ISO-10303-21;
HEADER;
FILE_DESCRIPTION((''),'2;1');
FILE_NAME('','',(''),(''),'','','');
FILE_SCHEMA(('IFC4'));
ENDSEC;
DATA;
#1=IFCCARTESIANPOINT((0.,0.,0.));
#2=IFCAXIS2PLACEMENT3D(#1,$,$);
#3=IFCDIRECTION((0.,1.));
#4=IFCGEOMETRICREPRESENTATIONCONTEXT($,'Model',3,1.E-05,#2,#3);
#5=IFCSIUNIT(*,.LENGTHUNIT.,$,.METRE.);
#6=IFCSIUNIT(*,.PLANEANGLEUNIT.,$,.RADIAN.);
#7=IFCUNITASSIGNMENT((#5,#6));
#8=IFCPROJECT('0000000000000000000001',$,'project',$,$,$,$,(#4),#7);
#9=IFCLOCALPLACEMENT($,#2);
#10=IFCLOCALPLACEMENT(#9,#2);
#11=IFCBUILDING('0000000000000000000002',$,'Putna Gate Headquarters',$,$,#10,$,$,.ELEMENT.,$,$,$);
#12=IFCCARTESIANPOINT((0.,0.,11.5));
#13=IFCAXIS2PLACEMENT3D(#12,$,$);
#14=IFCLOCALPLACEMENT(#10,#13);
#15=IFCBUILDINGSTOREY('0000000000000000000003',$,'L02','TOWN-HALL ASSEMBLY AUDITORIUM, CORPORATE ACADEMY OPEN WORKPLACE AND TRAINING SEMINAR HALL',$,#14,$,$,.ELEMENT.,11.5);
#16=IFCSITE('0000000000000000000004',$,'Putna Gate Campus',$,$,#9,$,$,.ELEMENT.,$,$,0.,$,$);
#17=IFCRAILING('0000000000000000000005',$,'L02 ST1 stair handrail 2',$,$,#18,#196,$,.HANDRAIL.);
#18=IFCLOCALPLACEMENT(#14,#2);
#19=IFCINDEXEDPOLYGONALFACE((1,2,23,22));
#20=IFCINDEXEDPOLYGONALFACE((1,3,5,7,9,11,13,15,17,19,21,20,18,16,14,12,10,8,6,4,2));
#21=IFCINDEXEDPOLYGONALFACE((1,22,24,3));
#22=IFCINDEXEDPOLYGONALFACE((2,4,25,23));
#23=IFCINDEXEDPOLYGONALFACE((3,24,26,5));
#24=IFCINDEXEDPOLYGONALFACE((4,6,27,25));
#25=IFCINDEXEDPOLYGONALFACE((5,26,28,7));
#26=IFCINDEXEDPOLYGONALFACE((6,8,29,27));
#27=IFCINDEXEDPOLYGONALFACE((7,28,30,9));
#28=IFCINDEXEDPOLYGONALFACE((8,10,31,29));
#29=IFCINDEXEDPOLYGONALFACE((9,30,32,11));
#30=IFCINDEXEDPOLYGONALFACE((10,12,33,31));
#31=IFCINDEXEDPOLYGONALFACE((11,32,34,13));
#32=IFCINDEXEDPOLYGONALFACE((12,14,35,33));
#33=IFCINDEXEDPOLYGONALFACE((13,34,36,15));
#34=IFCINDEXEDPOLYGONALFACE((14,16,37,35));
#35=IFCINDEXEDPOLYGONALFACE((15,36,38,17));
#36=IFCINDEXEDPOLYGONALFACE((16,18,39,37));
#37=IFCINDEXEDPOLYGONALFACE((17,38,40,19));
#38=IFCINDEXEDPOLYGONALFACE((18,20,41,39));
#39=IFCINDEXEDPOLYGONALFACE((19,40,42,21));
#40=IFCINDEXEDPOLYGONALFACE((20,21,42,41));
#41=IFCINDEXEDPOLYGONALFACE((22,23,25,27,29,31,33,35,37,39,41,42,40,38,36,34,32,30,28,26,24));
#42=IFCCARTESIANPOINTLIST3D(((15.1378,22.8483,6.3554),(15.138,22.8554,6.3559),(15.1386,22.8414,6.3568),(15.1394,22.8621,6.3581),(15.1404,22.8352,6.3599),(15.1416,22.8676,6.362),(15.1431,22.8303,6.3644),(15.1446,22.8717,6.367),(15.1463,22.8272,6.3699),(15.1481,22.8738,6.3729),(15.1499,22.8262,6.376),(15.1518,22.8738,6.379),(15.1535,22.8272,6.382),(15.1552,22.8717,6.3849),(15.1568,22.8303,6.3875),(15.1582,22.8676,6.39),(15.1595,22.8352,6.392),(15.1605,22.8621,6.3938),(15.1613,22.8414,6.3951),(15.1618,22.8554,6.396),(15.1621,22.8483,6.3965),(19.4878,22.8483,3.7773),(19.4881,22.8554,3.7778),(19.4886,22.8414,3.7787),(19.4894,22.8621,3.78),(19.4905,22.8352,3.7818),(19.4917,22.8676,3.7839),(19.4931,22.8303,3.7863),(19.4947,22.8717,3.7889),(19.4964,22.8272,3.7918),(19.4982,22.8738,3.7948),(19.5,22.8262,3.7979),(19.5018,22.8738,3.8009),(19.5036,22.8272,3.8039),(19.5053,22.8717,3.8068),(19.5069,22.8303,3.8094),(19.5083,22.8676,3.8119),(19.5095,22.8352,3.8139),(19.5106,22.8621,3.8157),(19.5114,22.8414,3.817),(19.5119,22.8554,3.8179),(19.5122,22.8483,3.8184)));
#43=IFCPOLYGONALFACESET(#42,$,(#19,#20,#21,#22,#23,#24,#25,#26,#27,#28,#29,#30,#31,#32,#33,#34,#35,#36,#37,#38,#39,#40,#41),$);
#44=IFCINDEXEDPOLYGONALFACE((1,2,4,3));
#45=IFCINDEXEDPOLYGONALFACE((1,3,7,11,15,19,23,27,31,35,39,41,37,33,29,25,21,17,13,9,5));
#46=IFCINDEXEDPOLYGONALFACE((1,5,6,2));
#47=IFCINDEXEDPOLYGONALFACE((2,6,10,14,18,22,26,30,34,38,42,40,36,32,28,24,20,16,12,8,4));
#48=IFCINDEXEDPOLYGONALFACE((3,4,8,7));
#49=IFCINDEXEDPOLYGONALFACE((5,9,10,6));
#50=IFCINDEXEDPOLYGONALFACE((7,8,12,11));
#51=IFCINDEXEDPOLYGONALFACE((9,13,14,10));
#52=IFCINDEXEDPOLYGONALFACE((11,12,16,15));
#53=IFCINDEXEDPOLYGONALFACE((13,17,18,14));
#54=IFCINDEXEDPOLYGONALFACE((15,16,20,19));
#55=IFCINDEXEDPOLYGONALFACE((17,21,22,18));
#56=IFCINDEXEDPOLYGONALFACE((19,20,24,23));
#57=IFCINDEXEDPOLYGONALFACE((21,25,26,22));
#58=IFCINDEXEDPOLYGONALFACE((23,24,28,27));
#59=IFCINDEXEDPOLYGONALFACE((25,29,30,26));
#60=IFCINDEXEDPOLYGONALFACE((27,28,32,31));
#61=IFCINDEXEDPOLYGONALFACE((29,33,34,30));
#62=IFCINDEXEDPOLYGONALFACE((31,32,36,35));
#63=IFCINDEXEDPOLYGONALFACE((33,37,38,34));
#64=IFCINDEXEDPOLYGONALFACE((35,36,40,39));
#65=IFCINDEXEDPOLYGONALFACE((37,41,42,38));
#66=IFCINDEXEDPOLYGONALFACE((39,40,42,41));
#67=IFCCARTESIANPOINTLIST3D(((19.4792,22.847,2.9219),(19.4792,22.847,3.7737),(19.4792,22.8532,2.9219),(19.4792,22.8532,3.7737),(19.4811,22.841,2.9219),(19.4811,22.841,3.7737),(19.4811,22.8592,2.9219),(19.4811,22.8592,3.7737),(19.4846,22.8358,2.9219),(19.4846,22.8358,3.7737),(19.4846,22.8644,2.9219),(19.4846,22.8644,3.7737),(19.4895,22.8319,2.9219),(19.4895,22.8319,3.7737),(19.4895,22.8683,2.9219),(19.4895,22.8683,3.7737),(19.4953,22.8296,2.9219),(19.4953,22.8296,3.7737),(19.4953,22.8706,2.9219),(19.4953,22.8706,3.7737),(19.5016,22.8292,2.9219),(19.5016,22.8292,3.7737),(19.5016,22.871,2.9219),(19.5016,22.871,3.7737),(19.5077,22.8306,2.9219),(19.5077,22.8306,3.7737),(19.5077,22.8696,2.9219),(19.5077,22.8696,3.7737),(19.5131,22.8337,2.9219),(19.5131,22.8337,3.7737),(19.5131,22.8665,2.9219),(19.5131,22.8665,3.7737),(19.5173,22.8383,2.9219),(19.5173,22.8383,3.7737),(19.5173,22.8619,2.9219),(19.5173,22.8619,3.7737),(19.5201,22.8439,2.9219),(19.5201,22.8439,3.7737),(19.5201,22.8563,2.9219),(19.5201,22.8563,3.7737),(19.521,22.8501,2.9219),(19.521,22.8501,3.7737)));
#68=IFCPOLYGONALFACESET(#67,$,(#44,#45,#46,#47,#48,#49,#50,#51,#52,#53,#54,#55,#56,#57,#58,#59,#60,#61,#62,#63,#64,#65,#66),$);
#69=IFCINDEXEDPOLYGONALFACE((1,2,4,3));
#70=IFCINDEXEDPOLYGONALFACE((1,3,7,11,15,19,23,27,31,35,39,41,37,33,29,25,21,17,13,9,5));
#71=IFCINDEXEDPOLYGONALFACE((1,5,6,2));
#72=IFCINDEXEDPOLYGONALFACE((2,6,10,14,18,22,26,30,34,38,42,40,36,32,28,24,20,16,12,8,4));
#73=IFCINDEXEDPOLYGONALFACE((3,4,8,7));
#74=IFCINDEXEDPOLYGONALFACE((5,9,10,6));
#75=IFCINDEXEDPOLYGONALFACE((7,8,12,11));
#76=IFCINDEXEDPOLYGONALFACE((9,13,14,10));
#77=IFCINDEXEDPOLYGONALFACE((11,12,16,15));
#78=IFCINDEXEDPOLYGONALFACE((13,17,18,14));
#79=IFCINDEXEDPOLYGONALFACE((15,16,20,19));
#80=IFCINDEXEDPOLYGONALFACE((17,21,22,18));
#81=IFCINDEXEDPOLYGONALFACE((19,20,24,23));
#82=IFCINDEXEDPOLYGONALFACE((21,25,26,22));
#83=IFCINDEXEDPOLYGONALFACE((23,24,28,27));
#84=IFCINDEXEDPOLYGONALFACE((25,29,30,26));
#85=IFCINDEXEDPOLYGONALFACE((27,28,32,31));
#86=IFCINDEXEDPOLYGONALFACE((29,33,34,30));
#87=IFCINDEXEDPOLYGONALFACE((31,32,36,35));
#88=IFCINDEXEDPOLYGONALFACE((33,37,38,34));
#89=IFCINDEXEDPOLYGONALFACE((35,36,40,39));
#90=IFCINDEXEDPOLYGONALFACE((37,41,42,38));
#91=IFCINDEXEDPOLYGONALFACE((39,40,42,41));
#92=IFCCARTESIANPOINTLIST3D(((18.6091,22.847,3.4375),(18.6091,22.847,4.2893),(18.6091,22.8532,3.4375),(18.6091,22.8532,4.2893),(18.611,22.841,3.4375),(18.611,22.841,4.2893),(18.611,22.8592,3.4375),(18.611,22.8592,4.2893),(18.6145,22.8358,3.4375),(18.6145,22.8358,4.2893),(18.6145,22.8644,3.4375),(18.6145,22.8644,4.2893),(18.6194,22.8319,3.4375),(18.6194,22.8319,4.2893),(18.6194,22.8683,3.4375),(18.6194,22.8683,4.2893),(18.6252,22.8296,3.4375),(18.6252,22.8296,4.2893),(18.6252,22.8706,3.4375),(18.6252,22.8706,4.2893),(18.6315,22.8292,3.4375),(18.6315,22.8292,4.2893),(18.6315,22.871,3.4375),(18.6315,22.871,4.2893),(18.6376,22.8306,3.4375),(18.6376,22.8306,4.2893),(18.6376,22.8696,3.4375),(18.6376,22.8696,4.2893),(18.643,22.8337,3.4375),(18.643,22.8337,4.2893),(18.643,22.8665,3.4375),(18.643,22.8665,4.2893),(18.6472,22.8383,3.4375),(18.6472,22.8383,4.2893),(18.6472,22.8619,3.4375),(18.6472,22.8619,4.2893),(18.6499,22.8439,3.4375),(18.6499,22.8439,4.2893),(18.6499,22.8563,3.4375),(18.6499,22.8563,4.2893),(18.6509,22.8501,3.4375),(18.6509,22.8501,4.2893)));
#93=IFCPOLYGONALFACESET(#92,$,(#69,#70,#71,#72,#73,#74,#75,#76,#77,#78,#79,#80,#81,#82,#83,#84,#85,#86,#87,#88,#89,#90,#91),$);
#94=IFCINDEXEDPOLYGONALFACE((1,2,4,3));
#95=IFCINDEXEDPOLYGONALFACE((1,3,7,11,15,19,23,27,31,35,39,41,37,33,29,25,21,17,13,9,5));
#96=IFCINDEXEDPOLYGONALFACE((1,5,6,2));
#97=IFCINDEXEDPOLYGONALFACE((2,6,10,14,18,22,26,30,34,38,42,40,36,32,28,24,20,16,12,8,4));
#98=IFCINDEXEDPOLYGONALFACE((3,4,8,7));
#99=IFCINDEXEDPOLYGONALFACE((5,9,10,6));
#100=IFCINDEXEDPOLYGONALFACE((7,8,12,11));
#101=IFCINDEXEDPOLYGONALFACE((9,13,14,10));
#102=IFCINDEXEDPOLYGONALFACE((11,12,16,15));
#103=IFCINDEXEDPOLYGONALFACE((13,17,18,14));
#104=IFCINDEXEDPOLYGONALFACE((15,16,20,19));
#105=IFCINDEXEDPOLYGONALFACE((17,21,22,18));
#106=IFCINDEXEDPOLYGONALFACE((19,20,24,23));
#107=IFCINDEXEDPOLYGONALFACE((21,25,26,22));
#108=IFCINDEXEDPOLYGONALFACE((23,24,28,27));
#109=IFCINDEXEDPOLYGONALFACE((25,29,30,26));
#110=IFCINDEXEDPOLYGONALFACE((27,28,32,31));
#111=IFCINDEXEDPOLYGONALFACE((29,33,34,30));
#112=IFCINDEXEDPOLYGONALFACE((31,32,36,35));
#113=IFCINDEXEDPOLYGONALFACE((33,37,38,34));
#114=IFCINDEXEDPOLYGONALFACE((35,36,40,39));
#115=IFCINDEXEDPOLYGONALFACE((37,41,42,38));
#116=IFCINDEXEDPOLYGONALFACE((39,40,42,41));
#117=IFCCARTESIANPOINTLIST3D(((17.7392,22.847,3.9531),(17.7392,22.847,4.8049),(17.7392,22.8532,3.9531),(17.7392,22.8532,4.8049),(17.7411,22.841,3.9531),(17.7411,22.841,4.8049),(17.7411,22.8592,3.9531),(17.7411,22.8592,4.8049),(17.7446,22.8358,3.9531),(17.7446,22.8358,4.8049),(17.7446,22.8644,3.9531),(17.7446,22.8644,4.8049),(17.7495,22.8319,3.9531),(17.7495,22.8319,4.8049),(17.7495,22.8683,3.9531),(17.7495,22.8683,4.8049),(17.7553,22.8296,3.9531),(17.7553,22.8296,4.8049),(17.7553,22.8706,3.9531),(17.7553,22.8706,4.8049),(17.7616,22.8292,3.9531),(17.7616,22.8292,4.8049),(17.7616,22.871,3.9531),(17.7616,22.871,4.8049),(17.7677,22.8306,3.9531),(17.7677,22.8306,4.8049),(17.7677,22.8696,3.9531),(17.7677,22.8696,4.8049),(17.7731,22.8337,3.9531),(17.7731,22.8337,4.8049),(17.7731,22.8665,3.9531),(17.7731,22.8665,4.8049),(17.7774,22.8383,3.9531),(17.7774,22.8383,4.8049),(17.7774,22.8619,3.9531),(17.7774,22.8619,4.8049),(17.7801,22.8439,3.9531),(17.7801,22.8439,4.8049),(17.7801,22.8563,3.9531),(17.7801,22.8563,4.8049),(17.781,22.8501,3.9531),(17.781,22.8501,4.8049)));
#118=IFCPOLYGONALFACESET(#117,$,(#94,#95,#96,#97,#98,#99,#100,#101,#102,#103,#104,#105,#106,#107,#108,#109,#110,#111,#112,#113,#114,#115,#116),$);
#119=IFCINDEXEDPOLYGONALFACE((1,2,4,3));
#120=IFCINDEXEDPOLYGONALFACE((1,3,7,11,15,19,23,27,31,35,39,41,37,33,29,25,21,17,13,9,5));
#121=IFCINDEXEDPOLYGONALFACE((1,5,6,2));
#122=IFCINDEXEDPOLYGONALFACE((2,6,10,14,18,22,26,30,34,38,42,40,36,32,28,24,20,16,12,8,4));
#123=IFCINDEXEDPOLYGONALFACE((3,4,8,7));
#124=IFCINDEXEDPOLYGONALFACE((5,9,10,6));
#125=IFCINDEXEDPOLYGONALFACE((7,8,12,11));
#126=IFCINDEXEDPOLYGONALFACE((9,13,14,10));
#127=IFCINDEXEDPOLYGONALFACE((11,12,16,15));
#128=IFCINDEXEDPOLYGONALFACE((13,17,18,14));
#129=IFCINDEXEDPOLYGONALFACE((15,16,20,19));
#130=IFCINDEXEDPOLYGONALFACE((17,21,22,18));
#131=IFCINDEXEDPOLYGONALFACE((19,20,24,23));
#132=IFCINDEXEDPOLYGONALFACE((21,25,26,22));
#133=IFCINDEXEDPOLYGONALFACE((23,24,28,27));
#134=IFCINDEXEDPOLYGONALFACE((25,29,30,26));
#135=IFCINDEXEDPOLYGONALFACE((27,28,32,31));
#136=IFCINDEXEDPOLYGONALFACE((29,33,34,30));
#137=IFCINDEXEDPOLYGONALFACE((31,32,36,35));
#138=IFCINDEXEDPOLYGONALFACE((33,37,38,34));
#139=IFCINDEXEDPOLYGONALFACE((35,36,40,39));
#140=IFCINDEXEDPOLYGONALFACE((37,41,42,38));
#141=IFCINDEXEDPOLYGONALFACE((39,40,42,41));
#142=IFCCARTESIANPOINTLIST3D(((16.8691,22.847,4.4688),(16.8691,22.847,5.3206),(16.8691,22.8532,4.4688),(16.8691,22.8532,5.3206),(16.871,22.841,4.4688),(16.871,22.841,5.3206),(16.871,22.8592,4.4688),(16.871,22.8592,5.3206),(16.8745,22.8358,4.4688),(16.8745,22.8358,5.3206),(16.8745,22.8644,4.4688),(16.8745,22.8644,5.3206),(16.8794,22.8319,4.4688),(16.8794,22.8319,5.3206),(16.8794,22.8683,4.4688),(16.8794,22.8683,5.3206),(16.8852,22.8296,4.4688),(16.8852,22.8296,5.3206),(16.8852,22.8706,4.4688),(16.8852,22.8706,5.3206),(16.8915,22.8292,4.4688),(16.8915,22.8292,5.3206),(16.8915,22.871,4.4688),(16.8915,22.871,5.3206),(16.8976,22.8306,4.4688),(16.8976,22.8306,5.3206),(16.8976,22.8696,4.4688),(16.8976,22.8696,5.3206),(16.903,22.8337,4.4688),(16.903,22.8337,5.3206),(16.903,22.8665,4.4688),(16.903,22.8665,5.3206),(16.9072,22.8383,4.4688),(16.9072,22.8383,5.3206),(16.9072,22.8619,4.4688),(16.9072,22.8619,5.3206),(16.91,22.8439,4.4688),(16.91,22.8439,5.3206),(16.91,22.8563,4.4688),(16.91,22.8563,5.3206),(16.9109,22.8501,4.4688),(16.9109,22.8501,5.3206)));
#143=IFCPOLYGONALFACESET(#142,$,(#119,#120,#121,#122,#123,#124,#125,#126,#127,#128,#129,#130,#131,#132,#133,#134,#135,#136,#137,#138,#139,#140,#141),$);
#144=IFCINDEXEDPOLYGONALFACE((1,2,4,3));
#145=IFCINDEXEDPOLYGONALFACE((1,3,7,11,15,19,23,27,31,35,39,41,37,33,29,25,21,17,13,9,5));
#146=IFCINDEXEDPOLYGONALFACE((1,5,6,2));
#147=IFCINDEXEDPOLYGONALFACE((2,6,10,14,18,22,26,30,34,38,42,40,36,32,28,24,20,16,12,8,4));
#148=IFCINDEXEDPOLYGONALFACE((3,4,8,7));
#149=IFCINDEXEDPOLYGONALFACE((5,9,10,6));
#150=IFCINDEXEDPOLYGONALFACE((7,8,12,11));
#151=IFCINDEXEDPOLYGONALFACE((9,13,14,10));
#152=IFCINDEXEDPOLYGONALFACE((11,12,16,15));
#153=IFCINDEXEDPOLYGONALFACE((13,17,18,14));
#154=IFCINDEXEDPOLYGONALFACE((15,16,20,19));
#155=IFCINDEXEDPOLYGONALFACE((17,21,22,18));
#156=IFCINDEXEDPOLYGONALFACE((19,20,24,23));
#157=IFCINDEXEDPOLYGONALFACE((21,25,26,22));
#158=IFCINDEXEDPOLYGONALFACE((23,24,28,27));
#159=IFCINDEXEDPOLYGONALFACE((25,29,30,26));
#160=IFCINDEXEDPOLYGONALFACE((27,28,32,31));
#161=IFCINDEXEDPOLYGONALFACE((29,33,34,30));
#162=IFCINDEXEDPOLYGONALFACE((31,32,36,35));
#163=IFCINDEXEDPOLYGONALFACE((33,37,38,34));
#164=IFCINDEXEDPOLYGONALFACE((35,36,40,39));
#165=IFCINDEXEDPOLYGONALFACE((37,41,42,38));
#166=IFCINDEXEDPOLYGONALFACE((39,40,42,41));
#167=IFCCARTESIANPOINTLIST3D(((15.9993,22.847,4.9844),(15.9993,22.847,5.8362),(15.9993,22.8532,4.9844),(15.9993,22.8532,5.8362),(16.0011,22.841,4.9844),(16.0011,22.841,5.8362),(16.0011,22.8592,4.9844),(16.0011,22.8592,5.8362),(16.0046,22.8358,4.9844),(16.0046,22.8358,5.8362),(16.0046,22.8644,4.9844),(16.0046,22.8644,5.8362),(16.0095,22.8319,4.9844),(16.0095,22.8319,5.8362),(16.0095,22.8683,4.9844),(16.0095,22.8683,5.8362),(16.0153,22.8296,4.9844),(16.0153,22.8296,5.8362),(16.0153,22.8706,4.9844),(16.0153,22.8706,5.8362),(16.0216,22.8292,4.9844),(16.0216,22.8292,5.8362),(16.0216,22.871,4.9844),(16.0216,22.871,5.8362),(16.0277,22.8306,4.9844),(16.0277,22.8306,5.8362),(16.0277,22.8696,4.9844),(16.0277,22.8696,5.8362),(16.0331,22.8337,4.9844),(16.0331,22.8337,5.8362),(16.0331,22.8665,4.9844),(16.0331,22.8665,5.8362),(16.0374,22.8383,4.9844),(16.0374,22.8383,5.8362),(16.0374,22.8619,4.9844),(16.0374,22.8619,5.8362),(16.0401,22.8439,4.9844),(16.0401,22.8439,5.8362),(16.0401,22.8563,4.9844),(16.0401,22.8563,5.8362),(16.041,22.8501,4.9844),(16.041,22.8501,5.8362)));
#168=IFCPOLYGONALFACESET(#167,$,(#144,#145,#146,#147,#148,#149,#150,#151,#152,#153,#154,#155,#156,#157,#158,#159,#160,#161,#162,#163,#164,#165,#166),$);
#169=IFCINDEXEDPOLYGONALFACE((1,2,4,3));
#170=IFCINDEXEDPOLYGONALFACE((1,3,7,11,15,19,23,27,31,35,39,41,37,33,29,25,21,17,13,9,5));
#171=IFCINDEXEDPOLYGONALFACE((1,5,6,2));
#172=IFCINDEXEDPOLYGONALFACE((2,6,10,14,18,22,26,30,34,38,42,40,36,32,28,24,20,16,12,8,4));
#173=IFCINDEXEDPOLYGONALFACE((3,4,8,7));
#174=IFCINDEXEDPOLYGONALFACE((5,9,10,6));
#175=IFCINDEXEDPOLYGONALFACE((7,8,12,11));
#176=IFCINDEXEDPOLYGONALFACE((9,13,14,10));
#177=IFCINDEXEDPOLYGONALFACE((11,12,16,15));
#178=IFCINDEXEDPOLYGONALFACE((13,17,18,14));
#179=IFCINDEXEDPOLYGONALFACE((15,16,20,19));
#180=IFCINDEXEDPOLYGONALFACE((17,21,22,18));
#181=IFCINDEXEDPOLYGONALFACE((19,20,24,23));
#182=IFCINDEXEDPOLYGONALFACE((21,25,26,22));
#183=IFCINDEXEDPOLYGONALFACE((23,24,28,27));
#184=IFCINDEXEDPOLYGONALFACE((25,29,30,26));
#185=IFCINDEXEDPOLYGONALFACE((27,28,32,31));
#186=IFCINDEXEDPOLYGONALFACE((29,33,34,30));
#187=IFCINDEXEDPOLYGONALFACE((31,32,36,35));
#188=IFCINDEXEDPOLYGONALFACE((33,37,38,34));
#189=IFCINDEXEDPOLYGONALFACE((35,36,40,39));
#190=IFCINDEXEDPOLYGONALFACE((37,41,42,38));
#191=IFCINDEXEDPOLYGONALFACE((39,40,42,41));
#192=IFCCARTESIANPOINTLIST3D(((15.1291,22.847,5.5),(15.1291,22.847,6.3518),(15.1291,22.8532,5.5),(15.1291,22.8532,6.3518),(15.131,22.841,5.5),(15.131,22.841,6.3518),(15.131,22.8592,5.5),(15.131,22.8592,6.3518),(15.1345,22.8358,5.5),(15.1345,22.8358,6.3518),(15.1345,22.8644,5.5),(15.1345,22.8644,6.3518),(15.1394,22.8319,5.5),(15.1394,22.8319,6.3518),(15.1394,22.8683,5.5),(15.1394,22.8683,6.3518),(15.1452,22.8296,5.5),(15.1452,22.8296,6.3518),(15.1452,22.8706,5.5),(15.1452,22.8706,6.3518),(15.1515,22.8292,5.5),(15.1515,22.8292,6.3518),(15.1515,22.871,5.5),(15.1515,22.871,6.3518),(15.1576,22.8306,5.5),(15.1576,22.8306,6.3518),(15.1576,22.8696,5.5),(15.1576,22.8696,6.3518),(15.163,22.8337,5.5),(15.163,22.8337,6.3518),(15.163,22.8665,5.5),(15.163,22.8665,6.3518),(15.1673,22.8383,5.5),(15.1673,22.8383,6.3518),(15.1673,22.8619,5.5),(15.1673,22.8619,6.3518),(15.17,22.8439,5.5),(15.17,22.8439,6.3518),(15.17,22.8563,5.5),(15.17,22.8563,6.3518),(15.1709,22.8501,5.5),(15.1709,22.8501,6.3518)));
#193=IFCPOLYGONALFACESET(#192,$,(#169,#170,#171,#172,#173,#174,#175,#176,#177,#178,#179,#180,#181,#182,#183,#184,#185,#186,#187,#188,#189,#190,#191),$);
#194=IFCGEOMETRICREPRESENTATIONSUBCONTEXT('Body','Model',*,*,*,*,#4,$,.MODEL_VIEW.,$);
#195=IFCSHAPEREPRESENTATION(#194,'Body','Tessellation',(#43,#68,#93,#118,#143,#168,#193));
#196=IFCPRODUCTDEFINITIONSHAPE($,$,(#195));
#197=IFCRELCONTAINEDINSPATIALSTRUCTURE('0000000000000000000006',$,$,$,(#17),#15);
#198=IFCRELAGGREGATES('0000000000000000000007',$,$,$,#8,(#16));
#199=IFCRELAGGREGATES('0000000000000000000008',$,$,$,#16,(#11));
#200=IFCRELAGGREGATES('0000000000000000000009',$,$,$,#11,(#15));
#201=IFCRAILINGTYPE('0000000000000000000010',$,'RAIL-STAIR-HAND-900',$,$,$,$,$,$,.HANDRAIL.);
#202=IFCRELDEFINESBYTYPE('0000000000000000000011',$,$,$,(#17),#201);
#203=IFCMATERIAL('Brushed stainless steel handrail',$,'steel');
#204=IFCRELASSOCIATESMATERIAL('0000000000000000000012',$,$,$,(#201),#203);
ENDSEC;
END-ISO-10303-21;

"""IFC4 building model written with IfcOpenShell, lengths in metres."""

from ifc_helpers import new_model, si_unit, direction, frame, origin, origin_2d, place, context, subcontext, project, spatial, circle, extrude, material, type_object, element, save


model = new_model("IFC4")

# Units and contexts
model_context = context("Model", 3, precision=1e-05, world=origin(), true_north=direction((0.0, 1.0)))
body_context = subcontext(model_context, "Body", "Model", "MODEL_VIEW")
ifc_project = project(units=[si_unit("LENGTHUNIT", "METRE"), si_unit("PLANEANGLEUNIT", "RADIAN")], contexts=[model_context])

# Site, building, storey
site_placement = place(None, origin())
site = spatial("IfcSite", under=ifc_project, at=site_placement, Name="Putna Gate Campus", CompositionType="ELEMENT", RefElevation=0.0)
building_placement = place(site_placement, origin())
building = spatial("IfcBuilding", under=site, at=building_placement, Name="Putna Gate Headquarters", CompositionType="ELEMENT")
storey_placement = place(building_placement, frame((0.0, 0.0, 11.5)))
storey = spatial("IfcBuildingStorey", under=building, at=storey_placement, Name="L02", Description="TOWN-HALL ASSEMBLY AUDITORIUM, CORPORATE ACADEMY OPEN WORKPLACE AND TRAINING SEMINAR HALL", CompositionType="ELEMENT", Elevation=11.5)

# Railing
ifc_material_1 = material(Name="Brushed stainless steel handrail", Category="steel")
railing_type_1 = type_object("IfcRailingType", Name="RAIL-STAIR-HAND-900", PredefinedType="HANDRAIL", material=ifc_material_1)
railing_1_placement = place(storey_placement, frame((19.5, 22.8501, 2.9219)))
element("IfcRailing", 1, at=railing_1_placement, inside=storey, type_object=railing_type_1, Name="L02 ST1 stair handrail 2", PredefinedType="HANDRAIL", context=body_context, shape_type="SweptSolid", body=[
    extrude(circle(Radius=0.0239, at=origin_2d()), frame((0.0, 0.0, 0.876), z_axis=(-0.860266, 0.0, 0.509845), x_axis=(0.0, -1.0, 0.0)), (0.0, 0.0, 1.0), 5.0566),
    extrude(circle(Radius=0.021, at=origin_2d()), origin(), (0.0, 0.0, 1.0), 0.8518),
    extrude(circle(Radius=0.021, at=origin_2d()), frame((-0.8701, 0.0, 0.5156)), (0.0, 0.0, 1.0), 0.8518),
    extrude(circle(Radius=0.021, at=origin_2d()), frame((-1.74, 0.0, 1.0312)), (0.0, 0.0, 1.0), 0.8518),
    extrude(circle(Radius=0.021, at=origin_2d()), frame((-2.6101, 0.0, 1.5469)), (0.0, 0.0, 1.0), 0.8518),
    extrude(circle(Radius=0.021, at=origin_2d()), frame((-3.48, 0.0, 2.0625)), (0.0, 0.0, 1.0), 0.8518),
    extrude(circle(Radius=0.021, at=origin_2d()), frame((-4.3501, 0.0, 2.5781)), (0.0, 0.0, 1.0), 0.8518),
])

save(model, "model.ifc")
